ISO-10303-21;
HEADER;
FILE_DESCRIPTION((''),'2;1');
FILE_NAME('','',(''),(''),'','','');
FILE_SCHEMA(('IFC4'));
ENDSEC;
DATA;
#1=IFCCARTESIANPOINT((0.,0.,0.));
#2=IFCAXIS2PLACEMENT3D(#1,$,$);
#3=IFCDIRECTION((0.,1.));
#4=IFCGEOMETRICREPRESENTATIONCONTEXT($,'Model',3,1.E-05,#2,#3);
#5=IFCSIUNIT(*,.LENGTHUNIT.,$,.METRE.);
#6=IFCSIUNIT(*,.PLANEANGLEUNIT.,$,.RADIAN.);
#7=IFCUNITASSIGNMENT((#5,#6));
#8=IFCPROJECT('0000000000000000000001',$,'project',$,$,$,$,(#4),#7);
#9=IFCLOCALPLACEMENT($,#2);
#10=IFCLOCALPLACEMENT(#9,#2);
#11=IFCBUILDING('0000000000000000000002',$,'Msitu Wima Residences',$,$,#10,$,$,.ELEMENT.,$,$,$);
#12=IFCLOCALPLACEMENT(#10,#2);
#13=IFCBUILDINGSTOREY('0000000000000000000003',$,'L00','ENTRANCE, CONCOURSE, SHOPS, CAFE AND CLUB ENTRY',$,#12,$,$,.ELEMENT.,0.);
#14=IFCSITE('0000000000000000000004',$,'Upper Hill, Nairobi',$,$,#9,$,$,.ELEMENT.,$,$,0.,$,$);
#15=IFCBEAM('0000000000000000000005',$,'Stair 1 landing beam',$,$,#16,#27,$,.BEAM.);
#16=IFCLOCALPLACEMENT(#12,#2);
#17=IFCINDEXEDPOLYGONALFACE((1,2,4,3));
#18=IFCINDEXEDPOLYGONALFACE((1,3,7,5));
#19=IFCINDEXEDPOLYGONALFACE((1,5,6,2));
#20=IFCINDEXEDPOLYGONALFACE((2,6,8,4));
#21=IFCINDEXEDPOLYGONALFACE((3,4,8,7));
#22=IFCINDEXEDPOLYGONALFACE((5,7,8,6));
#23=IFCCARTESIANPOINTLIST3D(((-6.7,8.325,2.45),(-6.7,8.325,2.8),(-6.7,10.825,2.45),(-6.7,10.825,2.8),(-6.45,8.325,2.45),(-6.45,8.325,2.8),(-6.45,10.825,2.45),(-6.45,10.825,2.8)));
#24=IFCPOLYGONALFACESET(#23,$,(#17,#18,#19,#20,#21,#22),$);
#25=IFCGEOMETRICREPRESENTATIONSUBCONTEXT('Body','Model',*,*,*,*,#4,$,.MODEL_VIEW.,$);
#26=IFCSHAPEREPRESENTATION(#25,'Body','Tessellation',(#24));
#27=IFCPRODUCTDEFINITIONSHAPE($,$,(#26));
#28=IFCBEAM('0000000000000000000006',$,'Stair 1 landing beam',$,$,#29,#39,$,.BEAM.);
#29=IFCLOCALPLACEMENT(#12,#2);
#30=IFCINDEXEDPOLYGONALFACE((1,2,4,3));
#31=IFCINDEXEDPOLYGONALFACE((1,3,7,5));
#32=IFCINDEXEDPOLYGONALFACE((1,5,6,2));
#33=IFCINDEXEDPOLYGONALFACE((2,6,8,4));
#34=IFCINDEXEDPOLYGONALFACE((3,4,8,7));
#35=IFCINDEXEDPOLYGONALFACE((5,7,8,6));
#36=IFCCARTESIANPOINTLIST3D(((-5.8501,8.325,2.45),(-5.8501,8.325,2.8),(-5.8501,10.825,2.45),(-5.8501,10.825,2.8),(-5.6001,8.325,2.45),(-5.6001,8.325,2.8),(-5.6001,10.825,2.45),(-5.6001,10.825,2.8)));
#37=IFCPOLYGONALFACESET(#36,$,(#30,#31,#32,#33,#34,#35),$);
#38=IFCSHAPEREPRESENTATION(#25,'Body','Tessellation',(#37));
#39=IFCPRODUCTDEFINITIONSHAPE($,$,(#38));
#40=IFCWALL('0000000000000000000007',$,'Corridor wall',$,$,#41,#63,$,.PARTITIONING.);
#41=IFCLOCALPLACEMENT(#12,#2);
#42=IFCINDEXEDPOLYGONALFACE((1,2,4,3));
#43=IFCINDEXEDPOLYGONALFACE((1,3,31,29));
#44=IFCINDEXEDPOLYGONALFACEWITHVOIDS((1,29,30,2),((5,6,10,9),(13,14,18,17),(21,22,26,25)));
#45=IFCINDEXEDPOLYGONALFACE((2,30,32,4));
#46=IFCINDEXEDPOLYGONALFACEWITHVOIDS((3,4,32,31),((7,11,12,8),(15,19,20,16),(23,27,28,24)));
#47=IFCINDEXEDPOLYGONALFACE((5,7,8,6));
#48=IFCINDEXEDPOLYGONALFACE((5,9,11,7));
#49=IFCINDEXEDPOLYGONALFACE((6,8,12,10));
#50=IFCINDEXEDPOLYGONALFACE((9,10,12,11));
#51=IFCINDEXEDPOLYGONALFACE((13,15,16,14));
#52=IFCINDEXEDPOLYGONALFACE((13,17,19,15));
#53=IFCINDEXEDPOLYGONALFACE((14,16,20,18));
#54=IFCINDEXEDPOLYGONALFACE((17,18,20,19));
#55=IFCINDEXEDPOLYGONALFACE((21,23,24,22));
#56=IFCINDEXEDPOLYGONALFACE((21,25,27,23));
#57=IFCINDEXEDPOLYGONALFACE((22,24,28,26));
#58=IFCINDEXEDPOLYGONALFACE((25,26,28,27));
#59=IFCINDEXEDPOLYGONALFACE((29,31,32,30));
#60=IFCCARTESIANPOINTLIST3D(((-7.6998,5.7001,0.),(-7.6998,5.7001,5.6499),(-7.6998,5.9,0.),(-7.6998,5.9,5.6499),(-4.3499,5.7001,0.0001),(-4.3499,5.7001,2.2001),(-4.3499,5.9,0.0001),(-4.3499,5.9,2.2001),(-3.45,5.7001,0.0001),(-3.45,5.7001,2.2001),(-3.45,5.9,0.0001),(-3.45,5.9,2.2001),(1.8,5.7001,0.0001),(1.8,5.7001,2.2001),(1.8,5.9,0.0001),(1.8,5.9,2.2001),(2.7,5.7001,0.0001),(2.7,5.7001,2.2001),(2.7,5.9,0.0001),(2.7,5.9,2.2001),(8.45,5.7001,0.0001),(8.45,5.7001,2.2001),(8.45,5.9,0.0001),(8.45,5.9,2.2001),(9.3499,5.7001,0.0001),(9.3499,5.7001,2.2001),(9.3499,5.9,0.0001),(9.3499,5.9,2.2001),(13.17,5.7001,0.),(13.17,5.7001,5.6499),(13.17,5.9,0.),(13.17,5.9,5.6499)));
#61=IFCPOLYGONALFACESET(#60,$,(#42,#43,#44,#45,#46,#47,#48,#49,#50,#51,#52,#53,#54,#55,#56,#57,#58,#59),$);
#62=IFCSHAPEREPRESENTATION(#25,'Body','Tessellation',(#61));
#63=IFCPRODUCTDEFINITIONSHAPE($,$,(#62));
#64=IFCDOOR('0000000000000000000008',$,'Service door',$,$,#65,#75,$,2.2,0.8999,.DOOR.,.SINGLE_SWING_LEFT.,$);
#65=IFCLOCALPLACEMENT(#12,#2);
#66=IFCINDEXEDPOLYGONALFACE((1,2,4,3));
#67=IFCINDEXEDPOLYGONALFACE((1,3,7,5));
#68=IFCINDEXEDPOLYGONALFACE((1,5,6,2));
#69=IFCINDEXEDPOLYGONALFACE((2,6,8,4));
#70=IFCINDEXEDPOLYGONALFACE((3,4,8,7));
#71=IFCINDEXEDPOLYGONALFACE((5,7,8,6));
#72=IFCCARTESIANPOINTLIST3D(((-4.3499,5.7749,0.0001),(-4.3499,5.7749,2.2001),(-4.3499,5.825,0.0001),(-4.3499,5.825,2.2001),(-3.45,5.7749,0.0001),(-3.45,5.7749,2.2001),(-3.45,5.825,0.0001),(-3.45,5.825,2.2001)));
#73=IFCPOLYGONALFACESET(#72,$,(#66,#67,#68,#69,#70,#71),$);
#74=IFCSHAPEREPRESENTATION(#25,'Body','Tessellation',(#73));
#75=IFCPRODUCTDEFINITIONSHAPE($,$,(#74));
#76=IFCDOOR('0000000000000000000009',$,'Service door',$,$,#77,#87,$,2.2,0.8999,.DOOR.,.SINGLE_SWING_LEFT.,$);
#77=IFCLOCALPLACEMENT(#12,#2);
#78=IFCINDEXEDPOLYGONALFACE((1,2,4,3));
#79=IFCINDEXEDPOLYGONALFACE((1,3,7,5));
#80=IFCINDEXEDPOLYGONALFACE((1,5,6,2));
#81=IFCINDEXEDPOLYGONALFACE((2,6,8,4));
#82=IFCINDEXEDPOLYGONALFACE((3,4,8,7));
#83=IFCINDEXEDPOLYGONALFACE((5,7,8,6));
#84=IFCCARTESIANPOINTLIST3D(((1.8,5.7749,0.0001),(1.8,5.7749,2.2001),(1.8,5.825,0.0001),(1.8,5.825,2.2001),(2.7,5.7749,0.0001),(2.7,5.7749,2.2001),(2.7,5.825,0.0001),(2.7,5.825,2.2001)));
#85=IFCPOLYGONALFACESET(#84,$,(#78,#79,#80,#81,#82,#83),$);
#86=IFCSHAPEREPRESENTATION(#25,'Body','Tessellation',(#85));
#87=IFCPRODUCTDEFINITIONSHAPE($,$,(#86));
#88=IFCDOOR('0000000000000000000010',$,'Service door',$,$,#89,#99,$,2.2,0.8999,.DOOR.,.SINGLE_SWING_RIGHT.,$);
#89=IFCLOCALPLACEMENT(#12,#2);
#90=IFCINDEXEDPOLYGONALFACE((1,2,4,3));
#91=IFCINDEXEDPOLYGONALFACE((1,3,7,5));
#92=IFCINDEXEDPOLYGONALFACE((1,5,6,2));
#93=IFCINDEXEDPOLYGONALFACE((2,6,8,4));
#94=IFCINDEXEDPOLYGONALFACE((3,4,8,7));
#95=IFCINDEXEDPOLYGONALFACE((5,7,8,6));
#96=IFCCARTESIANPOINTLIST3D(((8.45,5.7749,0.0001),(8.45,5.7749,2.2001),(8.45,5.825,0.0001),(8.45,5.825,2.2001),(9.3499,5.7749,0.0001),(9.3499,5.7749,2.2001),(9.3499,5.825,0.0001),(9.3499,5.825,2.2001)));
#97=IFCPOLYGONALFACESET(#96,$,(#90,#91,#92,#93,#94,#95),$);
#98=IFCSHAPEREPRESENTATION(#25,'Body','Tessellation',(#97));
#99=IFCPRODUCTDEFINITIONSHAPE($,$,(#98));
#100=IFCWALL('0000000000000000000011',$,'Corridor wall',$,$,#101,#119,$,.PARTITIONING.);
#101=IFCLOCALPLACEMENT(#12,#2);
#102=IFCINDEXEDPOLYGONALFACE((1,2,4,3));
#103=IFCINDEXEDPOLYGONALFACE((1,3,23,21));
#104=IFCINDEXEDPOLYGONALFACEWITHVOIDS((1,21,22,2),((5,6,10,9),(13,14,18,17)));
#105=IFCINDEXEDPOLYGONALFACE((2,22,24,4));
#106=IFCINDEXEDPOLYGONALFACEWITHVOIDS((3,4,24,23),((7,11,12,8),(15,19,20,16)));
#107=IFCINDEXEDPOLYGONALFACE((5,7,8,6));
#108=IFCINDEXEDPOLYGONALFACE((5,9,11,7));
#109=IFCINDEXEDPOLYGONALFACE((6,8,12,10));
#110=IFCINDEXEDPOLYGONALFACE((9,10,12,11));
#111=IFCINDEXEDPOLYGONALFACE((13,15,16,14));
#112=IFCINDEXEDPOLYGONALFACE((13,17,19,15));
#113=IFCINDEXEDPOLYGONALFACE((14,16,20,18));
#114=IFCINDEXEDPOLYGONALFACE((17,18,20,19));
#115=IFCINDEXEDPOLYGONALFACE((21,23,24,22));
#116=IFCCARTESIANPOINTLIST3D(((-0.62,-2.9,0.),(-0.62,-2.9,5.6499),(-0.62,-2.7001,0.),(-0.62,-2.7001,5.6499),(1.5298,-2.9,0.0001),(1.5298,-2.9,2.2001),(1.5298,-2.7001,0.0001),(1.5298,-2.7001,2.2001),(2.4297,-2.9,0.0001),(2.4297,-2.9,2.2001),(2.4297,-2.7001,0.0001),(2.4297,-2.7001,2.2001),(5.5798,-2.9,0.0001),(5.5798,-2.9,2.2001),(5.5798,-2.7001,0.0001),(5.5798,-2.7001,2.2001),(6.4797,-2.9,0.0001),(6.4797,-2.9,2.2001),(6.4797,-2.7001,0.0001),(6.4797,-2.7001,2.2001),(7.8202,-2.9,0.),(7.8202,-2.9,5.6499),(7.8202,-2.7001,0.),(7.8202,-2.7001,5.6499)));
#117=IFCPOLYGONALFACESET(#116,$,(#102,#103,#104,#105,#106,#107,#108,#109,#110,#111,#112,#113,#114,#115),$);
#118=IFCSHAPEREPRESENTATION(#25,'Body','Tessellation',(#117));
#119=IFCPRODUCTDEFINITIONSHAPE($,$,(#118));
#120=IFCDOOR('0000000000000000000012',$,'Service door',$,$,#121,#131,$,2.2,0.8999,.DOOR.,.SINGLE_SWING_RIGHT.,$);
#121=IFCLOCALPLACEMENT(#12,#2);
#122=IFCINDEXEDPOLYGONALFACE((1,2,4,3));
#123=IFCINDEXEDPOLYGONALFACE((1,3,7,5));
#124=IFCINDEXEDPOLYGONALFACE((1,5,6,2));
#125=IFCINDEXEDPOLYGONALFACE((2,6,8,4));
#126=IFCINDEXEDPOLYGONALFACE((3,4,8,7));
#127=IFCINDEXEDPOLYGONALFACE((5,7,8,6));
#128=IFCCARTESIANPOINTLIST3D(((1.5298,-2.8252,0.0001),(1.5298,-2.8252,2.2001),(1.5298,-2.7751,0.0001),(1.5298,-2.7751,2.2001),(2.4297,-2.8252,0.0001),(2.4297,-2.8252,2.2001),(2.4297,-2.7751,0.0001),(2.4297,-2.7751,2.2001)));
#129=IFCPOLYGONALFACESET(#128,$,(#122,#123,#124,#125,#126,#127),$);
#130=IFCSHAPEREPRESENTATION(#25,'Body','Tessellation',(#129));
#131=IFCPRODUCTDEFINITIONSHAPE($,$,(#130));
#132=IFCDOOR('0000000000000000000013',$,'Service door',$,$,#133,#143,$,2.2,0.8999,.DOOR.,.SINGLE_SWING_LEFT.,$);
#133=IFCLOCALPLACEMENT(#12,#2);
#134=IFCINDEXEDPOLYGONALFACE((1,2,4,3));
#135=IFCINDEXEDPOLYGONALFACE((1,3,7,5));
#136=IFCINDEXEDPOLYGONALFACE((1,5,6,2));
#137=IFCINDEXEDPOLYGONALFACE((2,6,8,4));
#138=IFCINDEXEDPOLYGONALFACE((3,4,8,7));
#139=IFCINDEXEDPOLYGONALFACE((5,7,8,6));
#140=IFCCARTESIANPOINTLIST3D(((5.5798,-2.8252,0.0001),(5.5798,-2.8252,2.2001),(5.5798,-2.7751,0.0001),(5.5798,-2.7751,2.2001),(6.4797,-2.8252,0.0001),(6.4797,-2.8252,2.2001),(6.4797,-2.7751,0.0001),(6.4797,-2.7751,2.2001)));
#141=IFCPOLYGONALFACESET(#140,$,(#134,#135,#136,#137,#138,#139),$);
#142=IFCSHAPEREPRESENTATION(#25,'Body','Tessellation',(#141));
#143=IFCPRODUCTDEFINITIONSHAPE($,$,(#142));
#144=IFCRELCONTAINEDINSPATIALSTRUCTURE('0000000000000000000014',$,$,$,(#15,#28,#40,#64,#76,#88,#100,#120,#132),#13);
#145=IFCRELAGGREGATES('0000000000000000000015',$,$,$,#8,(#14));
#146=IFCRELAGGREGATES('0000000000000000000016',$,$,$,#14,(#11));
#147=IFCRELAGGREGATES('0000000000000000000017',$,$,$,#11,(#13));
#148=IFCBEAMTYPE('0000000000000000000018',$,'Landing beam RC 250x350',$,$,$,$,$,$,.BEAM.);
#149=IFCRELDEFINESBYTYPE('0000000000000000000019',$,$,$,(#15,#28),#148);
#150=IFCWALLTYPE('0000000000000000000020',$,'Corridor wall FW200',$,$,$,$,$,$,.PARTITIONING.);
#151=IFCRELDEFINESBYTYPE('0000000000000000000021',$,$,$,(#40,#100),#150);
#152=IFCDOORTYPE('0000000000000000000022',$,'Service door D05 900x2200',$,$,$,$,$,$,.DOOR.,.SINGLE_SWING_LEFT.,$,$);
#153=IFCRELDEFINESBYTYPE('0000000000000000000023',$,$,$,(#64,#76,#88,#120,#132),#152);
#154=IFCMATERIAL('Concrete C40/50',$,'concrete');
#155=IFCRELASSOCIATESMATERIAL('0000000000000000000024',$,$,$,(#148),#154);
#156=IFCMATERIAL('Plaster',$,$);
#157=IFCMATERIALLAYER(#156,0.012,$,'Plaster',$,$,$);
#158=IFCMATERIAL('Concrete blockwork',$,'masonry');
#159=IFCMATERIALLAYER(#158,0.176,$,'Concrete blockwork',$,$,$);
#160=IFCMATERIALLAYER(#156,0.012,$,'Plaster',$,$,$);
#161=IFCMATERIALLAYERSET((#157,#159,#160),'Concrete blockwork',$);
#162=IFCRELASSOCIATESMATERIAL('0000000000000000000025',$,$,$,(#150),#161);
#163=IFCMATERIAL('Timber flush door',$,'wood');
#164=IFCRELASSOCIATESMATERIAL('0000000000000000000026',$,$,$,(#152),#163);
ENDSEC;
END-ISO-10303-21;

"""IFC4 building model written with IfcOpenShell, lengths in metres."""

from ifc_helpers import new_model, si_unit, direction, frame, frame_2d, origin, origin_2d, place, context, subcontext, project, spatial, rectangle, extrude, material, layer, layer_set, material_profile, profile_set, type_object, element, fill, save


model = new_model("IFC4")

# Units and contexts
model_context = context("Model", 3, precision=1e-05, world=origin(), true_north=direction((0.0, 1.0)))
body_context = subcontext(model_context, "Body", "Model", "MODEL_VIEW")
ifc_project = project(units=[si_unit("LENGTHUNIT", "METRE"), si_unit("PLANEANGLEUNIT", "RADIAN")], contexts=[model_context])

# Site, building, storey
site_placement = place(None, origin())
site = spatial("IfcSite", under=ifc_project, at=site_placement, Name="Upper Hill, Nairobi", CompositionType="ELEMENT", RefElevation=0.0)
building_placement = place(site_placement, origin())
building = spatial("IfcBuilding", under=site, at=building_placement, Name="Msitu Wima Residences", CompositionType="ELEMENT")
storey_placement = place(building_placement, origin())
storey = spatial("IfcBuildingStorey", under=building, at=storey_placement, Name="L00", Description="ENTRANCE, CONCOURSE, SHOPS, CAFE AND CLUB ENTRY", CompositionType="ELEMENT", Elevation=0.0)

# Beams
ifc_material_1 = material(Name="Concrete C40/50", Category="concrete")
ifc_material_profile = material_profile(ifc_material_1, rectangle(XDim=0.25, YDim=0.3501, at=origin_2d()), Name="RC 250x350")
ifc_profile_set = profile_set([ifc_material_profile], Name="Concrete C40/50")
beam_type = type_object("IfcBeamType", Name="Landing beam RC 250x350", PredefinedType="BEAM", material=ifc_profile_set)
for number, where, z_axis, x_axis, name in (
    (1, (-6.575, 8.325, 2.625), (0.0, 1.0, 0.0), (-1.0, 0.0, 0.0), "Stair 1 landing beam"),
    (2, (-5.7251, 8.325, 2.625), (0.0, 1.0, 0.0), (-1.0, 0.0, 0.0), "Stair 1 landing beam"),
):
    element("IfcBeam", number, at=place(storey_placement, frame(where, z_axis=z_axis, x_axis=x_axis)), inside=storey, type_object=beam_type, Name=name, PredefinedType="BEAM", context=body_context, shape_type="SweptSolid", body=[
        extrude(rectangle(XDim=0.25, YDim=0.3501, at=origin_2d()), origin(), (0.0, 0.0, 1.0), 2.5),
    ])

# Shared definitions
ifc_material_2 = material(Name="Plaster")
ifc_layer_1 = layer(ifc_material_2, 0.012, Name="Plaster")
ifc_material_3 = material(Name="Concrete blockwork", Category="masonry")
ifc_layer_2 = layer(ifc_material_3, 0.176, Name="Concrete blockwork")
ifc_layer_3 = layer(ifc_material_2, 0.012, Name="Plaster")
ifc_layer_set_1 = layer_set([ifc_layer_1, ifc_layer_2, ifc_layer_3], Name="Concrete blockwork")
wall_type_1 = type_object("IfcWallType", Name="Corridor wall FW200", PredefinedType="PARTITIONING", material=ifc_layer_set_1)

# Walls, openings, doors
wall_1_placement = place(storey_placement, frame((-7.7, 5.8, 0.0), z_axis=(0.0, 0.0, 1.0), x_axis=(1.0, 0.0, 0.0)))
wall_1 = element("IfcWall", 3, at=wall_1_placement, inside=storey, type_object=wall_type_1, Name="Corridor wall", PredefinedType="PARTITIONING", context=body_context, shape_type="SweptSolid", body=[
    extrude(rectangle(XDim=20.8699, YDim=0.2, at=frame_2d((10.4351, 0.0))), origin(), (0.0, 0.0, 1.0), 5.6499),
])
opening_1_placement = place(wall_1_placement, frame((3.3501, 0.0, 0.0)))
opening_1 = element("IfcOpeningElement", 4, at=opening_1_placement, cuts=wall_1, PredefinedType="OPENING", context=body_context, shape_type="SweptSolid", body=[
    extrude(rectangle(XDim=0.8999, YDim=2.2, at=frame_2d((0.45, 1.1001))), frame((0.0, 0.1099, 0.0), z_axis=(0.0, -1.0, 0.0), x_axis=(1.0, 0.0, 0.0)), (0.0, 0.0, 1.0), 0.22),
])
opening_2_placement = place(wall_1_placement, frame((9.5, 0.0, 0.0)))
opening_2 = element("IfcOpeningElement", 5, at=opening_2_placement, cuts=wall_1, PredefinedType="OPENING", context=body_context, shape_type="SweptSolid", body=[
    extrude(rectangle(XDim=0.8999, YDim=2.2, at=frame_2d((0.45, 1.1001))), frame((0.0, 0.1099, 0.0), z_axis=(0.0, -1.0, 0.0), x_axis=(1.0, 0.0, 0.0)), (0.0, 0.0, 1.0), 0.22),
])
opening_3_placement = place(wall_1_placement, frame((16.1499, 0.0, 0.0)))
opening_3 = element("IfcOpeningElement", 6, at=opening_3_placement, cuts=wall_1, PredefinedType="OPENING", context=body_context, shape_type="SweptSolid", body=[
    extrude(rectangle(XDim=0.8999, YDim=2.2, at=frame_2d((0.45, 1.1001))), frame((0.0, 0.1099, 0.0), z_axis=(0.0, -1.0, 0.0), x_axis=(1.0, 0.0, 0.0)), (0.0, 0.0, 1.0), 0.22),
])
ifc_material_4 = material(Name="Timber flush door", Category="wood")
door_type_1 = type_object("IfcDoorType", Name="Service door D05 900x2200", OperationType="SINGLE_SWING_LEFT", PredefinedType="DOOR", material=ifc_material_4)
door_1_placement = place(opening_1_placement, origin())
door_1 = element("IfcDoor", 7, at=door_1_placement, inside=storey, type_object=door_type_1, Name="Service door", OperationType="SINGLE_SWING_LEFT", OverallHeight=2.2, OverallWidth=0.8999, PredefinedType="DOOR", context=body_context, shape_type="SweptSolid", body=[
    extrude(rectangle(XDim=0.8999, YDim=2.2, at=frame_2d((0.45, 1.1001))), frame((0.0, 0.0249, 0.0), z_axis=(0.0, -1.0, 0.0), x_axis=(1.0, 0.0, 0.0)), (0.0, 0.0, 1.0), 0.05),
])
fill(opening_1, door_1)
door_2_placement = place(opening_2_placement, origin())
door_2 = element("IfcDoor", 8, at=door_2_placement, inside=storey, type_object=door_type_1, Name="Service door", OperationType="SINGLE_SWING_LEFT", OverallHeight=2.2, OverallWidth=0.8999, PredefinedType="DOOR", context=body_context, shape_type="SweptSolid", body=[
    extrude(rectangle(XDim=0.8999, YDim=2.2, at=frame_2d((0.45, 1.1001))), frame((0.0, 0.0249, 0.0), z_axis=(0.0, -1.0, 0.0), x_axis=(1.0, 0.0, 0.0)), (0.0, 0.0, 1.0), 0.05),
])
fill(opening_2, door_2)
door_3_placement = place(opening_3_placement, origin())
door_3 = element("IfcDoor", 9, at=door_3_placement, inside=storey, type_object=door_type_1, Name="Service door", OperationType="SINGLE_SWING_RIGHT", OverallHeight=2.2, OverallWidth=0.8999, PredefinedType="DOOR", context=body_context, shape_type="SweptSolid", body=[
    extrude(rectangle(XDim=0.8999, YDim=2.2, at=frame_2d((0.45, 1.1001))), frame((0.0, 0.0249, 0.0), z_axis=(0.0, -1.0, 0.0), x_axis=(1.0, 0.0, 0.0)), (0.0, 0.0, 1.0), 0.05),
])
fill(opening_3, door_3)
wall_2_placement = place(storey_placement, frame((-0.6201, -2.8, 0.0), z_axis=(0.0, 0.0, 1.0), x_axis=(1.0, 0.0, 0.0)))
wall_2 = element("IfcWall", 10, at=wall_2_placement, inside=storey, type_object=wall_type_1, Name="Corridor wall", PredefinedType="PARTITIONING", context=body_context, shape_type="SweptSolid", body=[
    extrude(rectangle(XDim=8.4402, YDim=0.2, at=frame_2d((4.2202, 0.0))), origin(), (0.0, 0.0, 1.0), 5.6499),
])
opening_4_placement = place(wall_2_placement, frame((2.1499, 0.0, 0.0)))
opening_4 = element("IfcOpeningElement", 11, at=opening_4_placement, cuts=wall_2, PredefinedType="OPENING", context=body_context, shape_type="SweptSolid", body=[
    extrude(rectangle(XDim=0.8999, YDim=2.2, at=frame_2d((0.45, 1.1001))), frame((0.0, 0.1099, 0.0), z_axis=(0.0, -1.0, 0.0), x_axis=(1.0, 0.0, 0.0)), (0.0, 0.0, 1.0), 0.22),
])
opening_5_placement = place(wall_2_placement, frame((6.2, 0.0, 0.0)))
opening_5 = element("IfcOpeningElement", 12, at=opening_5_placement, cuts=wall_2, PredefinedType="OPENING", context=body_context, shape_type="SweptSolid", body=[
    extrude(rectangle(XDim=0.8999, YDim=2.2, at=frame_2d((0.45, 1.1001))), frame((0.0, 0.1099, 0.0), z_axis=(0.0, -1.0, 0.0), x_axis=(1.0, 0.0, 0.0)), (0.0, 0.0, 1.0), 0.22),
])
door_4_placement = place(opening_4_placement, origin())
door_4 = element("IfcDoor", 13, at=door_4_placement, inside=storey, type_object=door_type_1, Name="Service door", OperationType="SINGLE_SWING_RIGHT", OverallHeight=2.2, OverallWidth=0.8999, PredefinedType="DOOR", context=body_context, shape_type="SweptSolid", body=[
    extrude(rectangle(XDim=0.8999, YDim=2.2, at=frame_2d((0.45, 1.1001))), frame((0.0, 0.0249, 0.0), z_axis=(0.0, -1.0, 0.0), x_axis=(1.0, 0.0, 0.0)), (0.0, 0.0, 1.0), 0.05),
])
fill(opening_4, door_4)
door_5_placement = place(opening_5_placement, origin())
door_5 = element("IfcDoor", 14, at=door_5_placement, inside=storey, type_object=door_type_1, Name="Service door", OperationType="SINGLE_SWING_LEFT", OverallHeight=2.2, OverallWidth=0.8999, PredefinedType="DOOR", context=body_context, shape_type="SweptSolid", body=[
    extrude(rectangle(XDim=0.8999, YDim=2.2, at=frame_2d((0.45, 1.1001))), frame((0.0, 0.0249, 0.0), z_axis=(0.0, -1.0, 0.0), x_axis=(1.0, 0.0, 0.0)), (0.0, 0.0, 1.0), 0.05),
])
fill(opening_5, door_5)

save(model, "model.ifc")
